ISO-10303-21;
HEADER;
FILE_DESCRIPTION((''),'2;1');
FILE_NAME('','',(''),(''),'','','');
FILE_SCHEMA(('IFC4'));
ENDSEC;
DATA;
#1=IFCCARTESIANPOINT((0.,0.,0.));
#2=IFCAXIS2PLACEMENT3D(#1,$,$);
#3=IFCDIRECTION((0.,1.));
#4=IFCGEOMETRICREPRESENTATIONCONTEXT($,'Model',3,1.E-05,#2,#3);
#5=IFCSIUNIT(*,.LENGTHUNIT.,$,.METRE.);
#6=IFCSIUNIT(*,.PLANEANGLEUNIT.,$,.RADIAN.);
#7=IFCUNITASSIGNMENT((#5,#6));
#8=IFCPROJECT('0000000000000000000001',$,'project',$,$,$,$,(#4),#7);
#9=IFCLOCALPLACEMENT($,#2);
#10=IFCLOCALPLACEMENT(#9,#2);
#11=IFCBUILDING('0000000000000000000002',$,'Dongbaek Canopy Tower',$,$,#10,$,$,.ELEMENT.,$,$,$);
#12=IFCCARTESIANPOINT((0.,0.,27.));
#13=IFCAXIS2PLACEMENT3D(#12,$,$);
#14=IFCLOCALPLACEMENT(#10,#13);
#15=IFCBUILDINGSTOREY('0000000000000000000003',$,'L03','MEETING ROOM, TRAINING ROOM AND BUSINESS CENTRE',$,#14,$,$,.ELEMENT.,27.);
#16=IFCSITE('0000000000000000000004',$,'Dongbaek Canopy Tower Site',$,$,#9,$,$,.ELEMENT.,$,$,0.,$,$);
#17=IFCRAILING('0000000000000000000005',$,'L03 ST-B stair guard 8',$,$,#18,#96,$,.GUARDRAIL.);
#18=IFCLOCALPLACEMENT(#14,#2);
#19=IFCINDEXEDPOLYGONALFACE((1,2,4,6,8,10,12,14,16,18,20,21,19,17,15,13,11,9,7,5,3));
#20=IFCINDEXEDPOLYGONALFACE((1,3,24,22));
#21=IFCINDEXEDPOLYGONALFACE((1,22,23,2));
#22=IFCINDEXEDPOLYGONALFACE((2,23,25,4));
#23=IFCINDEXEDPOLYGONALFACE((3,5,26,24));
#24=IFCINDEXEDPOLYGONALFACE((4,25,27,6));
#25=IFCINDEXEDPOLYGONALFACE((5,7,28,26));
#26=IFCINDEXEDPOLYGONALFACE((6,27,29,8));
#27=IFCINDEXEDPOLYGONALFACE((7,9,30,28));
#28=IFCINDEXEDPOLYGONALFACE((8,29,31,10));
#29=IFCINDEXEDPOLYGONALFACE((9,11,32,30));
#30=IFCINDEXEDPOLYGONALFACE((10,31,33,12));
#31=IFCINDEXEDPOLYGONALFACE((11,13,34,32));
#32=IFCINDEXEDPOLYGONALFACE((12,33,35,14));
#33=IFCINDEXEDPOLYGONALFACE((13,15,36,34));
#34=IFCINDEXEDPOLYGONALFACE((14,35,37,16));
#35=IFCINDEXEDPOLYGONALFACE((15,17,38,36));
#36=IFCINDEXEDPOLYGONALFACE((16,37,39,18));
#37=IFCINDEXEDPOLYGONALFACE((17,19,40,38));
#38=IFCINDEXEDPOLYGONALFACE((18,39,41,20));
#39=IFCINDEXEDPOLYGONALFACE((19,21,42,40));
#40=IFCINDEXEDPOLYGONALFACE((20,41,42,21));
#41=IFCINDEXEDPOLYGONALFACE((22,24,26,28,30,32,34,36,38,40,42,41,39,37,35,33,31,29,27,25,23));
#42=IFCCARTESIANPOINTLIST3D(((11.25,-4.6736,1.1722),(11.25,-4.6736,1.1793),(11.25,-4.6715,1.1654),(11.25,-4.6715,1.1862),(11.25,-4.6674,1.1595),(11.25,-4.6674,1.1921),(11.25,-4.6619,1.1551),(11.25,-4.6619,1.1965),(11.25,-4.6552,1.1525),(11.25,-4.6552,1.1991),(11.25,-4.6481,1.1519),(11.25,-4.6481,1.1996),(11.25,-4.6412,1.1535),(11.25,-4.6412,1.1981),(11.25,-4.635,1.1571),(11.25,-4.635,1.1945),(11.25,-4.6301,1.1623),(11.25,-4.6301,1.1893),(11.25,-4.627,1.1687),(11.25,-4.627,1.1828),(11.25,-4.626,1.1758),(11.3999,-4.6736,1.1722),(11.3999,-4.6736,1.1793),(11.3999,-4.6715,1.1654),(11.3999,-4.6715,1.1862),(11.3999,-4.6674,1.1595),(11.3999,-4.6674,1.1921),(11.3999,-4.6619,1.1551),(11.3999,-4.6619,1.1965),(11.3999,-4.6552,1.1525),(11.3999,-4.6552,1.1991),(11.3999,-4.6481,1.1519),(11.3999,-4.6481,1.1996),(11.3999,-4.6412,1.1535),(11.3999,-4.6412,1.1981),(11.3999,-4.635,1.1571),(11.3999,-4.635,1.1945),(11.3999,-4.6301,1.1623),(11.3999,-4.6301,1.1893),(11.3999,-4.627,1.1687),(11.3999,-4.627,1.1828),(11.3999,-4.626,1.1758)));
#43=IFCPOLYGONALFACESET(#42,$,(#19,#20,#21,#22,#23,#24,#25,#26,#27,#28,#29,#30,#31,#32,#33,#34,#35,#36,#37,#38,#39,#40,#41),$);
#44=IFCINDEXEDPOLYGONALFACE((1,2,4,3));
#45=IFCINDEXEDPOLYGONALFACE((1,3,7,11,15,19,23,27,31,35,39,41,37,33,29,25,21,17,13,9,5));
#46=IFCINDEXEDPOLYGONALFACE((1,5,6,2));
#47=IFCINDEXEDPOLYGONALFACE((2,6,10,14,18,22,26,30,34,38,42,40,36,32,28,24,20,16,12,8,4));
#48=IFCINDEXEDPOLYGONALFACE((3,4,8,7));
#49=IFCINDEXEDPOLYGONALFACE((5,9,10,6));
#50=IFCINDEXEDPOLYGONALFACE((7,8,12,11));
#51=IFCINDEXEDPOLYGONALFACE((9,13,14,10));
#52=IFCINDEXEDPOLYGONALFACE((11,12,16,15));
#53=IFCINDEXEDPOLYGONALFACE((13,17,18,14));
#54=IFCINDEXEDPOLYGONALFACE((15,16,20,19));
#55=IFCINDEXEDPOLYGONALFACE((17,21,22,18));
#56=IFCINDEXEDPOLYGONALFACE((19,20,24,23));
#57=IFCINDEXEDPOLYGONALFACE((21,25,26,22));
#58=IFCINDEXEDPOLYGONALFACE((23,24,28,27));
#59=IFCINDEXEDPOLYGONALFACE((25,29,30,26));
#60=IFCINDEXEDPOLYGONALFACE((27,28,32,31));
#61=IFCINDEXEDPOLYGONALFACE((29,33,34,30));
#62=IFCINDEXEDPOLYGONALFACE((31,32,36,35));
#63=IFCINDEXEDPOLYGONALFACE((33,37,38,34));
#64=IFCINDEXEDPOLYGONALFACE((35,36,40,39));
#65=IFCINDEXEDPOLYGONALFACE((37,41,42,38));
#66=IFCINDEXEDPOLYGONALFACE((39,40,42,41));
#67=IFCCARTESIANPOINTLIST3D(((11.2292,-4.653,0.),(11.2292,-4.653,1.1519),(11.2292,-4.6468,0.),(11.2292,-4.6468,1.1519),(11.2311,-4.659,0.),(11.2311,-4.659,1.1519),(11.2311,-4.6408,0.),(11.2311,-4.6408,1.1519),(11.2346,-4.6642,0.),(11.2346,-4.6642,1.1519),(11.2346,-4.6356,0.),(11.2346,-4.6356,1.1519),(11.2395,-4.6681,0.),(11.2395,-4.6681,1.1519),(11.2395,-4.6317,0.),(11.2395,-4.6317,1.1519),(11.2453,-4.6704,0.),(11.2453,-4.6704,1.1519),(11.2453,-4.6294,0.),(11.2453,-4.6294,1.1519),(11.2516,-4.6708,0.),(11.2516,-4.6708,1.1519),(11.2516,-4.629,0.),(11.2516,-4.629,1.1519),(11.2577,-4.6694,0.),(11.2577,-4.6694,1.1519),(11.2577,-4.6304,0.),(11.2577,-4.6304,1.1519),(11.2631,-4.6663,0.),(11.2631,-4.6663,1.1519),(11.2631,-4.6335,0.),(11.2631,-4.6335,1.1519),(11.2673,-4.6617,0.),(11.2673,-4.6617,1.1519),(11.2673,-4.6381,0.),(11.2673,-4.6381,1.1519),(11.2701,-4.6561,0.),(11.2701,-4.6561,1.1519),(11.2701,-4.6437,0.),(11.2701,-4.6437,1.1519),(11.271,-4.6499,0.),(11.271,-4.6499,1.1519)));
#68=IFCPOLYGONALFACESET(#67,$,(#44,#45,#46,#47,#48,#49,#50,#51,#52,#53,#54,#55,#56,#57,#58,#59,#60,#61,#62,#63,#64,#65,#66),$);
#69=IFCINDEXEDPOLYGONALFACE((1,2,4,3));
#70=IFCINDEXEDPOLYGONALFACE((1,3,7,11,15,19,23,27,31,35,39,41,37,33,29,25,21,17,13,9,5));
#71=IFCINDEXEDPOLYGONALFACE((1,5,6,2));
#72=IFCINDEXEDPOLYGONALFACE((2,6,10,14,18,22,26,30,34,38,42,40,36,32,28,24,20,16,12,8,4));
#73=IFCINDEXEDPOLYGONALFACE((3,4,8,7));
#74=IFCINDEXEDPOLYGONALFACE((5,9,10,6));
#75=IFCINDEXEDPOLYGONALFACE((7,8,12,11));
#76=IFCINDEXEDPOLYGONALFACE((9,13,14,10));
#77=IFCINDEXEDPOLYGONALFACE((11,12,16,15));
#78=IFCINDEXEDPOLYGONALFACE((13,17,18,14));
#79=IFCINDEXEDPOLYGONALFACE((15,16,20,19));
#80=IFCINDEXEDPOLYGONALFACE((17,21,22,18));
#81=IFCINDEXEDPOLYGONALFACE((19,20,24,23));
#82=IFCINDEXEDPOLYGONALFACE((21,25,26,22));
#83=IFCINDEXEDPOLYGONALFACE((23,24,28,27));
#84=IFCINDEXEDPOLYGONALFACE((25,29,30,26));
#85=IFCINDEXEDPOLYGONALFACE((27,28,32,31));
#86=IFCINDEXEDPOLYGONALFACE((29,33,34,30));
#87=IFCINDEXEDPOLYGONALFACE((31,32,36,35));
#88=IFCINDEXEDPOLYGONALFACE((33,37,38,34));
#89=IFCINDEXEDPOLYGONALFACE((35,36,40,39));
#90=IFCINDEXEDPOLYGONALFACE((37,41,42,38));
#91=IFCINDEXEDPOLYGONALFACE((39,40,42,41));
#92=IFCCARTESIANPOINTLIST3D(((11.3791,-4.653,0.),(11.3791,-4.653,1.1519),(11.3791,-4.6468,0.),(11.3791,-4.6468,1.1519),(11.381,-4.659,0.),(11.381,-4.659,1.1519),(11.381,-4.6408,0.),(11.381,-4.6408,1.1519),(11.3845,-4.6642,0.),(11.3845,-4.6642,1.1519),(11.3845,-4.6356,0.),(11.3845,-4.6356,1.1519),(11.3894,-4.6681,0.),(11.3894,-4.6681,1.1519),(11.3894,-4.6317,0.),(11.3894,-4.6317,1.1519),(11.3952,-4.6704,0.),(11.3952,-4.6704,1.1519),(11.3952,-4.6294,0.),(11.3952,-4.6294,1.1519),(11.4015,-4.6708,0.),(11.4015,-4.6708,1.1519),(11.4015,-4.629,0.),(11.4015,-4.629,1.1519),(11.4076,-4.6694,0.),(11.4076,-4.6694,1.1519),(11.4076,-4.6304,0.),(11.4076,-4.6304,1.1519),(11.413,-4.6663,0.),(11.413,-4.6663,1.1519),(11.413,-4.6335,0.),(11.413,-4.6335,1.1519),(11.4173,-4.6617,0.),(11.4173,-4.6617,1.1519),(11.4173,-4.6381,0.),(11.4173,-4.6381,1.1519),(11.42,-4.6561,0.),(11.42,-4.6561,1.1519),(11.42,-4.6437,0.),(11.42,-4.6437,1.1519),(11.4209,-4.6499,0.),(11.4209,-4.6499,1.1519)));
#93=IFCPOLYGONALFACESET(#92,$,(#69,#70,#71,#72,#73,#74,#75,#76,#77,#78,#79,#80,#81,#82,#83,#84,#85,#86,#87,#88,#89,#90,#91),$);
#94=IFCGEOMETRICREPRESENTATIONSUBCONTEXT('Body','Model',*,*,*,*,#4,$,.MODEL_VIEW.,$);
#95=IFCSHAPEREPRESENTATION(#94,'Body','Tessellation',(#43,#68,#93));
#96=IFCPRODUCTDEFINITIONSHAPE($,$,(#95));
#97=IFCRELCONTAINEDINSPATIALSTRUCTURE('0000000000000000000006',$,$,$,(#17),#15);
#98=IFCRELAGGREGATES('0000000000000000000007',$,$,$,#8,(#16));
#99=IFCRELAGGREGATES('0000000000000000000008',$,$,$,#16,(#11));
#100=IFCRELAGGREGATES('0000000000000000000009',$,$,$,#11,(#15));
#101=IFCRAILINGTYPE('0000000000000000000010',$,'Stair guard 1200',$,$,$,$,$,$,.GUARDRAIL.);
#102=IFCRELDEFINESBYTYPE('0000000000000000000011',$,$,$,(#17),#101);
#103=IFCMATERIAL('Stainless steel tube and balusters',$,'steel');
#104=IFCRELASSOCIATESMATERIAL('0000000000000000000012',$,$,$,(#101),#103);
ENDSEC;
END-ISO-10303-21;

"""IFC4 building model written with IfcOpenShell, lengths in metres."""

from ifc_helpers import new_model, si_unit, direction, frame, origin, origin_2d, place, context, subcontext, project, spatial, circle, extrude, material, type_object, element, save


model = new_model("IFC4")

# Units and contexts
model_context = context("Model", 3, precision=1e-05, world=origin(), true_north=direction((0.0, 1.0)))
body_context = subcontext(model_context, "Body", "Model", "MODEL_VIEW")
ifc_project = project(units=[si_unit("LENGTHUNIT", "METRE"), si_unit("PLANEANGLEUNIT", "RADIAN")], contexts=[model_context])

# Site, building, storey
site_placement = place(None, origin())
site = spatial("IfcSite", under=ifc_project, at=site_placement, Name="Dongbaek Canopy Tower Site", CompositionType="ELEMENT", RefElevation=0.0)
building_placement = place(site_placement, origin())
building = spatial("IfcBuilding", under=site, at=building_placement, Name="Dongbaek Canopy Tower", CompositionType="ELEMENT")
storey_placement = place(building_placement, frame((0.0, 0.0, 27.0)))
storey = spatial("IfcBuildingStorey", under=building, at=storey_placement, Name="L03", Description="MEETING ROOM, TRAINING ROOM AND BUSINESS CENTRE", CompositionType="ELEMENT", Elevation=27.0)

# Railing
ifc_material_1 = material(Name="Stainless steel tube and balusters", Category="steel")
railing_type_1 = type_object("IfcRailingType", Name="Stair guard 1200", PredefinedType="GUARDRAIL", material=ifc_material_1)
railing_1_placement = place(storey_placement, frame((11.25, -4.6499, 0.0)))
element("IfcRailing", 1, at=railing_1_placement, inside=storey, type_object=railing_type_1, Name="L03 ST-B stair guard 8", PredefinedType="GUARDRAIL", context=body_context, shape_type="SweptSolid", body=[
    extrude(circle(Radius=0.0239, at=origin_2d()), frame((0.0, 0.0, 1.1758), z_axis=(1.0, 0.0, 0.0), x_axis=(0.0, 1.0, 0.0)), (0.0, 0.0, 1.0), 0.1499),
    extrude(circle(Radius=0.021, at=origin_2d()), origin(), (0.0, 0.0, 1.0), 1.1519),
    extrude(circle(Radius=0.021, at=origin_2d()), frame((0.1499, 0.0, 0.0)), (0.0, 0.0, 1.0), 1.1519),
])

save(model, "model.ifc")
